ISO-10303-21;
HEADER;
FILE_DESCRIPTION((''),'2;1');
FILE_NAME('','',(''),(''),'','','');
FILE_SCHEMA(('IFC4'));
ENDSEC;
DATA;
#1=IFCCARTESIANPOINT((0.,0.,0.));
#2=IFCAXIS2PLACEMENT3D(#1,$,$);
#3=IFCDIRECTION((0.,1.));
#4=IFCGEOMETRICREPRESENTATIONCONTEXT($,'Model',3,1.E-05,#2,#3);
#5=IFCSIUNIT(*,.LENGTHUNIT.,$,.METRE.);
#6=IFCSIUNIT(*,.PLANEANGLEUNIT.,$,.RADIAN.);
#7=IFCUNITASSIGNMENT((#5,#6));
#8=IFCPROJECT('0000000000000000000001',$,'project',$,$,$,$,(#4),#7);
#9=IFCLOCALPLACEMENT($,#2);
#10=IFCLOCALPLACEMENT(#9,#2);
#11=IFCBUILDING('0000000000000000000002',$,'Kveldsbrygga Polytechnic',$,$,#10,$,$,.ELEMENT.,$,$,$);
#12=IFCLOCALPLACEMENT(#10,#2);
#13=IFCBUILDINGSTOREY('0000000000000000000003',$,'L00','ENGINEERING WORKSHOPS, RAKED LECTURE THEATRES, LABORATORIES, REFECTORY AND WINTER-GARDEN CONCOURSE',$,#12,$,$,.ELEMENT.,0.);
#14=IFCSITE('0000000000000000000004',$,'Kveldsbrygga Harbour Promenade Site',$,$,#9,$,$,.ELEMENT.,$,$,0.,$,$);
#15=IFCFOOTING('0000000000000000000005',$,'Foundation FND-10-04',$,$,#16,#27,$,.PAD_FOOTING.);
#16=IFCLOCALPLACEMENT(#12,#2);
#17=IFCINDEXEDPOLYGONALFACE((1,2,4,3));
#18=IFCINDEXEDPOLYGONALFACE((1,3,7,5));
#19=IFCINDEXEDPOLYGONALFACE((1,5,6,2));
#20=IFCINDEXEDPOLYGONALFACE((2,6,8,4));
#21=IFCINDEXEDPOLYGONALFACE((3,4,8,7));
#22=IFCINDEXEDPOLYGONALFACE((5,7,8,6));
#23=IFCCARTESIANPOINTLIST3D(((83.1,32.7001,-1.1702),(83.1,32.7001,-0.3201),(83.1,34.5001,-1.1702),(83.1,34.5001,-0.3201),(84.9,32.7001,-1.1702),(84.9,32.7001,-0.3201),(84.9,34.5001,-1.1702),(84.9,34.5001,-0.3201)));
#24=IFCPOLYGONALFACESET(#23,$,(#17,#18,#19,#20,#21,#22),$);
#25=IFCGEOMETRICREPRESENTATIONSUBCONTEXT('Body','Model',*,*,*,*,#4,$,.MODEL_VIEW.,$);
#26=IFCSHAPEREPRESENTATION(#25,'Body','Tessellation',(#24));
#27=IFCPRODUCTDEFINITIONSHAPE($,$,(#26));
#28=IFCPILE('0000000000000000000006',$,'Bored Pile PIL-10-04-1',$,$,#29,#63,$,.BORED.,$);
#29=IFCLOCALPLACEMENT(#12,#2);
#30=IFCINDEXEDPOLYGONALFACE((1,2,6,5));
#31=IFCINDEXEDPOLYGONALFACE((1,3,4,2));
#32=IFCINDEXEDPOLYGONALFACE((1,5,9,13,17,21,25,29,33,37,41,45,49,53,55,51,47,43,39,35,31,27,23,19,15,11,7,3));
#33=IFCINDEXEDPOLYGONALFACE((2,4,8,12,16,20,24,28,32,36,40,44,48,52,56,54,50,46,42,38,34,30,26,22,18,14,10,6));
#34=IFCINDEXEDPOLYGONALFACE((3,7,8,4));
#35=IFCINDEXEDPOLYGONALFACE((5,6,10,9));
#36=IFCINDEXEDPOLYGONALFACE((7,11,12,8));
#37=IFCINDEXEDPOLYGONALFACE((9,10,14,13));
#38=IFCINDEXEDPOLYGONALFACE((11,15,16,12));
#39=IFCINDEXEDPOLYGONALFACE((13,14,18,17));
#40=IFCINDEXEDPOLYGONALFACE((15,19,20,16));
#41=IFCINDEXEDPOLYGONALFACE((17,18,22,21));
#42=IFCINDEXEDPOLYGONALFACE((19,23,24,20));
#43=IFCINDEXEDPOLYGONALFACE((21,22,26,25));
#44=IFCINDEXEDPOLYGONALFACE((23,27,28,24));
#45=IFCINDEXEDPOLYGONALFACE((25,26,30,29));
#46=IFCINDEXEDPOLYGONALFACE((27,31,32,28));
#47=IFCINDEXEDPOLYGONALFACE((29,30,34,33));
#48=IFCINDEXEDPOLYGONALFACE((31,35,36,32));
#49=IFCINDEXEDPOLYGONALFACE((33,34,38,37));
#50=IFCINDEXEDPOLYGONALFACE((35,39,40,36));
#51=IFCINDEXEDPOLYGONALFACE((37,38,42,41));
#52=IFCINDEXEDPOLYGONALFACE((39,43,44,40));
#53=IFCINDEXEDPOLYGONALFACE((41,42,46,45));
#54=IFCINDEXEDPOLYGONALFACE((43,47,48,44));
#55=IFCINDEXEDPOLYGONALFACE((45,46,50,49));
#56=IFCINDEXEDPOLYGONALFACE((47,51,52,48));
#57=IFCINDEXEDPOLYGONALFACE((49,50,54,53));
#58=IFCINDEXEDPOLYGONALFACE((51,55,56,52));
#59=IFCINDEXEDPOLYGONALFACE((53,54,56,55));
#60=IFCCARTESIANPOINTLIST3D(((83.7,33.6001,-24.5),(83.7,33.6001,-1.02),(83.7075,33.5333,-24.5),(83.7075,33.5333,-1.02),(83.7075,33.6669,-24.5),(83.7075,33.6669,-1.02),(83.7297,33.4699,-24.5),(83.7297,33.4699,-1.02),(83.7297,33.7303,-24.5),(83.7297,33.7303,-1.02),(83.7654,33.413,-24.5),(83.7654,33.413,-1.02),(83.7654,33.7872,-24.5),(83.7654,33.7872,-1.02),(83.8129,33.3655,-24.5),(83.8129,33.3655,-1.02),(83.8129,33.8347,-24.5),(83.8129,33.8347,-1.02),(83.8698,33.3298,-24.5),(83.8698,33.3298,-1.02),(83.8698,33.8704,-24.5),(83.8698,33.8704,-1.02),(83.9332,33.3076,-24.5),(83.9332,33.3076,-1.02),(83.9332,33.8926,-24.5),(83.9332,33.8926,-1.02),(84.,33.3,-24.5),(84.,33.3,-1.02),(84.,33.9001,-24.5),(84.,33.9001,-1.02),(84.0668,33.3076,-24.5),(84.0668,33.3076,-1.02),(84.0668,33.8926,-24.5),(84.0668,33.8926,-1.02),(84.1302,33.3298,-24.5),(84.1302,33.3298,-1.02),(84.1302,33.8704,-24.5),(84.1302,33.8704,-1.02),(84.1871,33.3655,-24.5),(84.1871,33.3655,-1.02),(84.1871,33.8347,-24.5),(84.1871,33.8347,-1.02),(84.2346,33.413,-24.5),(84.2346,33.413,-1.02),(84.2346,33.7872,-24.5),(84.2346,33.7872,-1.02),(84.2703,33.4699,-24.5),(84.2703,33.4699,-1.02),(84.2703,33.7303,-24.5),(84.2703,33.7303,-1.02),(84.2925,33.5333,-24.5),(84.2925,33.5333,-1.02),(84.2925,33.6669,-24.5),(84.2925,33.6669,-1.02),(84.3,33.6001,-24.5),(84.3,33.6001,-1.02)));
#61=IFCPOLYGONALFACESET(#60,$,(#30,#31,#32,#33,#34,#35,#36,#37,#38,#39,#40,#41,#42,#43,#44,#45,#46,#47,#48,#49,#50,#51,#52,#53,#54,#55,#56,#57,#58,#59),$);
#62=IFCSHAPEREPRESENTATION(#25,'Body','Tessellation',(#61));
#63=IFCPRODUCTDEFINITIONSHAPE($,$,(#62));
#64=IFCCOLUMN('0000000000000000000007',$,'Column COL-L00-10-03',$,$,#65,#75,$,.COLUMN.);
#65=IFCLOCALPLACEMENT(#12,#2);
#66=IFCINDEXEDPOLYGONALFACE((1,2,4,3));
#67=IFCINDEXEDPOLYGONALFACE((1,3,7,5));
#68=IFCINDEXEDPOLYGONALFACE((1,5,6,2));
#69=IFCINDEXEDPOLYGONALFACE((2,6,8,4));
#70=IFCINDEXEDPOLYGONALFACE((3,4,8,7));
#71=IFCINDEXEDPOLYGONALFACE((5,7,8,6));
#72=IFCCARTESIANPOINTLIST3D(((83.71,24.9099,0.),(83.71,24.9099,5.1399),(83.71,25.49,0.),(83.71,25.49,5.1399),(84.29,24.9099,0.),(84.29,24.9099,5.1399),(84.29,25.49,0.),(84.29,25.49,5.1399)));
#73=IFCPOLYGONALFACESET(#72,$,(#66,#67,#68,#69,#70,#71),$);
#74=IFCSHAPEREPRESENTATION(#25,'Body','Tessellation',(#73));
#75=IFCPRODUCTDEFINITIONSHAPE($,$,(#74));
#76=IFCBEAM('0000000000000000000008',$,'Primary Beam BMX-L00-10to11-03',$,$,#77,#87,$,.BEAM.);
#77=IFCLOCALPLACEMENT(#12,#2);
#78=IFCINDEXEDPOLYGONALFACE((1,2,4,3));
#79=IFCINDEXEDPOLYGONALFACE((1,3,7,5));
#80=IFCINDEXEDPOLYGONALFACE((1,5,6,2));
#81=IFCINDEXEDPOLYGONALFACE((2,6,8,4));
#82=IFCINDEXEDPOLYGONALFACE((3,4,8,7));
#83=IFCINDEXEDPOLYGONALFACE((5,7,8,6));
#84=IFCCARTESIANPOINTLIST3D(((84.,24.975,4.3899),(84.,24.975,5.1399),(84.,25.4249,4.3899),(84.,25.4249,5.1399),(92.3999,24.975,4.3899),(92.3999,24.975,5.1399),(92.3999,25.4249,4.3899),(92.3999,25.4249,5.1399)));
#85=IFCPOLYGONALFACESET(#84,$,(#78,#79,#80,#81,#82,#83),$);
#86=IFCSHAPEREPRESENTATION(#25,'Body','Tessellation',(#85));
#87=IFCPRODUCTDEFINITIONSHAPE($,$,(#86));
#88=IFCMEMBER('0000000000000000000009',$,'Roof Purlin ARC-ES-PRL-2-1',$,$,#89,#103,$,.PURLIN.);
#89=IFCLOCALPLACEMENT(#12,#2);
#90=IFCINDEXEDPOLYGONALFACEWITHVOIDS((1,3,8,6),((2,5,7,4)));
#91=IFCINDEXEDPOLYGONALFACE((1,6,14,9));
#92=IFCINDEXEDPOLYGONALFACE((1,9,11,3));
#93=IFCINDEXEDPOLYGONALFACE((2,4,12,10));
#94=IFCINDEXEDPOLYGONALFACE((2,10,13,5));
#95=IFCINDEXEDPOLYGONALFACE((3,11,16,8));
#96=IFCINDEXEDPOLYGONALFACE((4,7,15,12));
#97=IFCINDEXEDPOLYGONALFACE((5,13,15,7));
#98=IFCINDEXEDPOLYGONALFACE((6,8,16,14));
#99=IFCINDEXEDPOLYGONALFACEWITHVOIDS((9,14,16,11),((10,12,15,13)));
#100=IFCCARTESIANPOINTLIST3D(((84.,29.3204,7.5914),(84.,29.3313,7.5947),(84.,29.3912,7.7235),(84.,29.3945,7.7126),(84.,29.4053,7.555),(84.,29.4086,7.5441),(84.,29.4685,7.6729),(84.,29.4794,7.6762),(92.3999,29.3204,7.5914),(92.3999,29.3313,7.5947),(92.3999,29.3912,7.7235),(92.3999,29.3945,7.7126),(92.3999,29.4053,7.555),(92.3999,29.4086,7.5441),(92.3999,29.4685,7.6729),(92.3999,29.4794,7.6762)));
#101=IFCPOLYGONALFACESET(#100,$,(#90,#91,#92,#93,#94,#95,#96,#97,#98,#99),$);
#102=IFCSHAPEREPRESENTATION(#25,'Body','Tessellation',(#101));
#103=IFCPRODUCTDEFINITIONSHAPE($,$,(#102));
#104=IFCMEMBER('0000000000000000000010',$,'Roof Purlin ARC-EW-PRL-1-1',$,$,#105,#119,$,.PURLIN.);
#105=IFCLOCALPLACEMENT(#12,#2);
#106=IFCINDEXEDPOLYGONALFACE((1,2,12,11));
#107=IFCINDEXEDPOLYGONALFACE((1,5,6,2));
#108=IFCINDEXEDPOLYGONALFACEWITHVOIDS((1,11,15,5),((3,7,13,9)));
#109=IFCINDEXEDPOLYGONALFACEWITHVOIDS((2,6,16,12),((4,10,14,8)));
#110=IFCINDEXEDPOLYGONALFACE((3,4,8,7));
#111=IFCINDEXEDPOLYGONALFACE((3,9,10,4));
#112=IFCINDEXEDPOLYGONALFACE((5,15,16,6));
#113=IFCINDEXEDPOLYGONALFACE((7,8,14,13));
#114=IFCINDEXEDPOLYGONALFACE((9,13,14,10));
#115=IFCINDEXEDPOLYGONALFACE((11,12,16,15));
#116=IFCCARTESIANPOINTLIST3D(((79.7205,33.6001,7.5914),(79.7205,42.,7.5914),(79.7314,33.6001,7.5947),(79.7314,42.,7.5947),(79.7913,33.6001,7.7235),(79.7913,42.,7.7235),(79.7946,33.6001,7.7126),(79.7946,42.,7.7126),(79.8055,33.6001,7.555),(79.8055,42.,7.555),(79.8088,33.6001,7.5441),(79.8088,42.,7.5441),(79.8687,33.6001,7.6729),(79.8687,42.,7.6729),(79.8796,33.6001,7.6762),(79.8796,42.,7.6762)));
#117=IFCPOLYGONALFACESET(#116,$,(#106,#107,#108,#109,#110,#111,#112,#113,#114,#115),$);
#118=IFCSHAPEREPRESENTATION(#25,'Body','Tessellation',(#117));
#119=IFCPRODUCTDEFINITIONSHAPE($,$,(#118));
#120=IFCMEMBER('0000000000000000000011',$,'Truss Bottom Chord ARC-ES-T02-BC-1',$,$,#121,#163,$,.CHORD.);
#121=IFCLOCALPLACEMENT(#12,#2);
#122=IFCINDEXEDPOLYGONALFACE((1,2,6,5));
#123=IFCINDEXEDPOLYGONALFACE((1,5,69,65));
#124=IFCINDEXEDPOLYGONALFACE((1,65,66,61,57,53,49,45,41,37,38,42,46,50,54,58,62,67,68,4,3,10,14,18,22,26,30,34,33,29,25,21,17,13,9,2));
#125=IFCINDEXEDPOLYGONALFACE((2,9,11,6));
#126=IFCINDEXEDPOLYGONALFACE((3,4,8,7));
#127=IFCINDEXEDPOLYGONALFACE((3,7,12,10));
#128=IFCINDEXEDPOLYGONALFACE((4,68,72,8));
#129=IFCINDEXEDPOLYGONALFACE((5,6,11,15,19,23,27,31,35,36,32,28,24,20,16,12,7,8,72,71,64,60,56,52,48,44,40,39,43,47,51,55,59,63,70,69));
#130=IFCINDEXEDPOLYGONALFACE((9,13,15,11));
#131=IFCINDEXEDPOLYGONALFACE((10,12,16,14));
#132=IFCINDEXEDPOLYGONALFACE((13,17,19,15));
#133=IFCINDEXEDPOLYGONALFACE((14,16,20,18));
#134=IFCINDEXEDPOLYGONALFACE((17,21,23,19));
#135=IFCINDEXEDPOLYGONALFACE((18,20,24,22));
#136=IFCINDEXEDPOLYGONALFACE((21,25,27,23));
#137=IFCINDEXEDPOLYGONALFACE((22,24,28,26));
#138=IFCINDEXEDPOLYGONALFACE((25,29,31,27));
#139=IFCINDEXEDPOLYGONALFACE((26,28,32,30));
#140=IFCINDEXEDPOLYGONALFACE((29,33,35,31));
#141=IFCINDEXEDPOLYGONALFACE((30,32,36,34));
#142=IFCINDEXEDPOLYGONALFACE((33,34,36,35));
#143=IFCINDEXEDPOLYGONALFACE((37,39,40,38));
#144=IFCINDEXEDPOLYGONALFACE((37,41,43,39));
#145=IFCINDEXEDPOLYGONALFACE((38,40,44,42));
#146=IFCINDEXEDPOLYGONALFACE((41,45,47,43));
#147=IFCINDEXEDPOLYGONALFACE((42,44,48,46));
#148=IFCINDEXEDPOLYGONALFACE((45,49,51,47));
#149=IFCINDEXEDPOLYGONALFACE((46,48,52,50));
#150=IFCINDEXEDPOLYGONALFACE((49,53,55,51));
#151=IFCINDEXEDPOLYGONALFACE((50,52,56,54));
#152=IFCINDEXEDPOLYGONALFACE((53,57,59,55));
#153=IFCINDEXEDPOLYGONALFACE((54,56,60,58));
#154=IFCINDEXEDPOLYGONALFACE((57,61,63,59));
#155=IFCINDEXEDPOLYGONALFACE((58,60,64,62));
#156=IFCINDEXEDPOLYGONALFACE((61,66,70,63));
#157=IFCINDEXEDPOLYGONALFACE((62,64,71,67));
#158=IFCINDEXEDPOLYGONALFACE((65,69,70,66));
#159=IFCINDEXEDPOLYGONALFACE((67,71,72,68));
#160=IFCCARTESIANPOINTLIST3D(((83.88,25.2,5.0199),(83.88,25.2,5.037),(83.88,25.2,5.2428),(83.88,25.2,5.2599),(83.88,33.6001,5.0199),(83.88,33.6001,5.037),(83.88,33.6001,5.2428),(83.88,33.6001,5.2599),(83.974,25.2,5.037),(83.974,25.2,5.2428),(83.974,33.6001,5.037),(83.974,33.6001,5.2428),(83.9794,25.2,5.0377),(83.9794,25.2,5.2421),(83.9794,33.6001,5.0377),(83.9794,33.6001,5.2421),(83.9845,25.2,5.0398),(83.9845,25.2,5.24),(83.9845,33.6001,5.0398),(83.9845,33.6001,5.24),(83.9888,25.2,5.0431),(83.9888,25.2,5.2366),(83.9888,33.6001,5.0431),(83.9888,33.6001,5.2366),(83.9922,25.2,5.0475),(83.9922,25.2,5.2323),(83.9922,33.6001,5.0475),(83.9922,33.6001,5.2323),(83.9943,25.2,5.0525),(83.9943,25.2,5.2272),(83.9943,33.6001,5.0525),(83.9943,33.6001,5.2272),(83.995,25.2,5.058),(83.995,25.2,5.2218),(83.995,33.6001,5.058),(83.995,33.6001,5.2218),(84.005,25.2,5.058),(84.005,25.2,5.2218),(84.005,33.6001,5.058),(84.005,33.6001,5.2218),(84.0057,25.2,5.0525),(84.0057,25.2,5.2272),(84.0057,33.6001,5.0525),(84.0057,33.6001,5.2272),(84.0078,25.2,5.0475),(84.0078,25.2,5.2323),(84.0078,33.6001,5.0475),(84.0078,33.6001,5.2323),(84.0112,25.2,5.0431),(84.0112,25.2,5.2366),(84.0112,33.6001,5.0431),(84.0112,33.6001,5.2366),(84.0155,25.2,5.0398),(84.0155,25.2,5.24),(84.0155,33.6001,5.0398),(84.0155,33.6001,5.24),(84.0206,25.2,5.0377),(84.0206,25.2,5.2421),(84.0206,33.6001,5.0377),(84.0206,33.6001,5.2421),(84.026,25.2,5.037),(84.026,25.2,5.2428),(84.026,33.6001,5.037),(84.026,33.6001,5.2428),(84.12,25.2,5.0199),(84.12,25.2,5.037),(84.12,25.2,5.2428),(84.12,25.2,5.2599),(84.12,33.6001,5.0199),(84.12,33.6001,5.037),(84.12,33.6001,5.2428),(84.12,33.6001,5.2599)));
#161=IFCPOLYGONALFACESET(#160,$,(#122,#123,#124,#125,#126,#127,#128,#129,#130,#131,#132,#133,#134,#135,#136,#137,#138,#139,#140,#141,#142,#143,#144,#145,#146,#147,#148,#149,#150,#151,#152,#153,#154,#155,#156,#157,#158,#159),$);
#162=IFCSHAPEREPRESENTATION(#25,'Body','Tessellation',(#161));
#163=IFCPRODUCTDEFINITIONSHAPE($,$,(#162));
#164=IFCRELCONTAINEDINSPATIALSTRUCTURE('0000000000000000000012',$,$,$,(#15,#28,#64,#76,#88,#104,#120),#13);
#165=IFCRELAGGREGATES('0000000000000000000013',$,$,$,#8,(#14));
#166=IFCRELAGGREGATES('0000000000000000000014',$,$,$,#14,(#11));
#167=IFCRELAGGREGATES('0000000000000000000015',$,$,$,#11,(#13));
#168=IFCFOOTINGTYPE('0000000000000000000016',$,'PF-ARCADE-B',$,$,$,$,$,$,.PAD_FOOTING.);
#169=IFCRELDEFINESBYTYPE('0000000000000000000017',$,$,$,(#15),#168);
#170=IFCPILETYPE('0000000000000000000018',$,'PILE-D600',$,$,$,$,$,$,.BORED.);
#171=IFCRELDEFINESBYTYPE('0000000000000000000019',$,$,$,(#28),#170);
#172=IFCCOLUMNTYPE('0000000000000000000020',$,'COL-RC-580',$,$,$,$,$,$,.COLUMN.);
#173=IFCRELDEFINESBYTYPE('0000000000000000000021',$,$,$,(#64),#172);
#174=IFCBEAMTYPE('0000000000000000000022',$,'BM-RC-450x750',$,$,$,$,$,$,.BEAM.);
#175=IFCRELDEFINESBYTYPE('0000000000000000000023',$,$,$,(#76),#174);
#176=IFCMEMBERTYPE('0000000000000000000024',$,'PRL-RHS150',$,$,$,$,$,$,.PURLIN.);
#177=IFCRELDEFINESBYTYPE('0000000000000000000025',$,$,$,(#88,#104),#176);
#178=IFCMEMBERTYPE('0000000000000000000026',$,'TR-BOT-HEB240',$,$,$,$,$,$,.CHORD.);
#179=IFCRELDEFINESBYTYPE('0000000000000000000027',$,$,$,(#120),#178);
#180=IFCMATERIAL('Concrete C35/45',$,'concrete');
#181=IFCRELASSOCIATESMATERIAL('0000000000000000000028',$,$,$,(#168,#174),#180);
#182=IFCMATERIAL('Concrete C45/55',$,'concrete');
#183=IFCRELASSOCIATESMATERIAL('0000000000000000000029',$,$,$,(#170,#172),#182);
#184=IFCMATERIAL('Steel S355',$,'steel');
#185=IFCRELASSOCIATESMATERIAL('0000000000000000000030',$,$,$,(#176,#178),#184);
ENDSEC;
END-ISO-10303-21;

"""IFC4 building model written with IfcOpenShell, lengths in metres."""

from ifc_helpers import new_model, si_unit, direction, frame, origin, origin_2d, place, context, subcontext, project, spatial, rectangle, hollow_rectangle, circle, i_section, extrude, material, material_profile, profile_set, type_object, element, save


model = new_model("IFC4")

# Units and contexts
model_context = context("Model", 3, precision=1e-05, world=origin(), true_north=direction((0.0, 1.0)))
body_context = subcontext(model_context, "Body", "Model", "MODEL_VIEW")
ifc_project = project(units=[si_unit("LENGTHUNIT", "METRE"), si_unit("PLANEANGLEUNIT", "RADIAN")], contexts=[model_context])

# Site, building, storey
site_placement = place(None, origin())
site = spatial("IfcSite", under=ifc_project, at=site_placement, Name="Kveldsbrygga Harbour Promenade Site", CompositionType="ELEMENT", RefElevation=0.0)
building_placement = place(site_placement, origin())
building = spatial("IfcBuilding", under=site, at=building_placement, Name="Kveldsbrygga Polytechnic", CompositionType="ELEMENT")
storey_placement = place(building_placement, origin())
storey = spatial("IfcBuildingStorey", under=building, at=storey_placement, Name="L00", Description="ENGINEERING WORKSHOPS, RAKED LECTURE THEATRES, LABORATORIES, REFECTORY AND WINTER-GARDEN CONCOURSE", CompositionType="ELEMENT", Elevation=0.0)

# Footing
ifc_material_1 = material(Name="Concrete C35/45", Category="concrete")
footing_type = type_object("IfcFootingType", Name="PF-ARCADE-B", PredefinedType="PAD_FOOTING", material=ifc_material_1)
footing_placement = place(storey_placement, frame((84.0, 33.6001, -1.1702), z_axis=(0.0, 0.0, 1.0), x_axis=(1.0, 0.0, 0.0)))
element("IfcFooting", 1, at=footing_placement, inside=storey, type_object=footing_type, Name="Foundation FND-10-04", PredefinedType="PAD_FOOTING", context=body_context, shape_type="SweptSolid", body=[
    extrude(rectangle(XDim=1.8, YDim=1.8, at=origin_2d()), origin(), (0.0, 0.0, 1.0), 0.8501),
])

# Pile
ifc_material_2 = material(Name="Concrete C45/55", Category="concrete")
ifc_material_profile_1 = material_profile(ifc_material_2, circle(Radius=0.3, at=origin_2d()), Name="PILE D600")
ifc_profile_set_1 = profile_set([ifc_material_profile_1], Name="Concrete C45/55")
pile_type = type_object("IfcPileType", Name="PILE-D600", PredefinedType="BORED", material=ifc_profile_set_1)
pile_placement = place(storey_placement, frame((84.0, 33.6001, -1.02), z_axis=(0.0, 0.0, -1.0), x_axis=(1.0, 0.0, 0.0)))
element("IfcPile", 2, at=pile_placement, inside=storey, type_object=pile_type, Name="Bored Pile PIL-10-04-1", PredefinedType="BORED", context=body_context, shape_type="SweptSolid", body=[
    extrude(circle(Radius=0.3, at=origin_2d()), origin(), (0.0, 0.0, 1.0), 23.48),
])

# Column
ifc_material_profile_2 = material_profile(ifc_material_2, rectangle(XDim=0.5801, YDim=0.5801, at=origin_2d()), Name="RC 580x580")
ifc_profile_set_2 = profile_set([ifc_material_profile_2], Name="Concrete C45/55")
column_type = type_object("IfcColumnType", Name="COL-RC-580", PredefinedType="COLUMN", material=ifc_profile_set_2)
column_placement = place(storey_placement, frame((84.0, 25.2, 0.0), z_axis=(0.0, 0.0, 1.0), x_axis=(1.0, 0.0, 0.0)))
element("IfcColumn", 3, at=column_placement, inside=storey, type_object=column_type, Name="Column COL-L00-10-03", PredefinedType="COLUMN", context=body_context, shape_type="SweptSolid", body=[
    extrude(rectangle(XDim=0.5801, YDim=0.5801, at=origin_2d()), origin(), (0.0, 0.0, 1.0), 5.1399),
])

# Beam
ifc_material_profile_3 = material_profile(ifc_material_1, rectangle(XDim=0.45, YDim=0.75, at=origin_2d()), Name="RC 450x750")
ifc_profile_set_3 = profile_set([ifc_material_profile_3], Name="Concrete C35/45")
beam_type = type_object("IfcBeamType", Name="BM-RC-450x750", PredefinedType="BEAM", material=ifc_profile_set_3)
beam_placement = place(storey_placement, frame((84.0, 25.2, 4.7649), z_axis=(1.0, 0.0, 0.0), x_axis=(0.0, 1.0, 0.0)))
element("IfcBeam", 4, at=beam_placement, inside=storey, type_object=beam_type, Name="Primary Beam BMX-L00-10to11-03", PredefinedType="BEAM", context=body_context, shape_type="SweptSolid", body=[
    extrude(rectangle(XDim=0.45, YDim=0.75, at=origin_2d()), origin(), (0.0, 0.0, 1.0), 8.3999),
])

# Members
ifc_material_3 = material(Name="Steel S355", Category="steel")
ifc_material_profile_4 = material_profile(ifc_material_3, hollow_rectangle(XDim=0.1001, YDim=0.1499, WallThickness=0.0081, at=origin_2d()), Name="RHS 150x100x8.0")
ifc_profile_set_4 = profile_set([ifc_material_profile_4], Name="Steel S355")
member_type_1 = type_object("IfcMemberType", Name="PRL-RHS150", PredefinedType="PURLIN", material=ifc_profile_set_4)
for number, where, z_axis, x_axis, name in (
    (5, (84.0, 29.3999, 7.6338), (1.0, 0.0, 0.0), (0.0, 0.88148, -0.472222), "Roof Purlin ARC-ES-PRL-2-1"),
    (6, (79.8, 33.6001, 7.6338), (0.0, 1.0, 0.0), (-0.88148, 0.0, 0.472222), "Roof Purlin ARC-EW-PRL-1-1"),
):
    element("IfcMember", number, at=place(storey_placement, frame(where, z_axis=z_axis, x_axis=x_axis)), inside=storey, type_object=member_type_1, Name=name, PredefinedType="PURLIN", context=body_context, shape_type="SweptSolid", body=[
        extrude(hollow_rectangle(XDim=0.1001, YDim=0.1499, WallThickness=0.0081, at=origin_2d()), origin(), (0.0, 0.0, 1.0), 8.3999),
    ])
ifc_material_profile_5 = material_profile(ifc_material_3, i_section(OverallWidth=0.24, OverallDepth=0.24, WebThickness=0.01, FlangeThickness=0.0171, FilletRadius=0.021, at=origin_2d()), Name="HEB 240")
ifc_profile_set_5 = profile_set([ifc_material_profile_5], Name="Steel S355")
member_type_2 = type_object("IfcMemberType", Name="TR-BOT-HEB240", PredefinedType="CHORD", material=ifc_profile_set_5)
member_1_placement = place(storey_placement, frame((84.0, 25.2, 5.1399), z_axis=(0.0, 1.0, 0.0), x_axis=(-1.0, 0.0, 0.0)))
element("IfcMember", 7, at=member_1_placement, inside=storey, type_object=member_type_2, Name="Truss Bottom Chord ARC-ES-T02-BC-1", PredefinedType="CHORD", context=body_context, shape_type="SweptSolid", body=[
    extrude(i_section(OverallWidth=0.24, OverallDepth=0.24, WebThickness=0.01, FlangeThickness=0.0171, FilletRadius=0.021, at=origin_2d()), origin(), (0.0, 0.0, 1.0), 8.4001),
])

save(model, "model.ifc")
